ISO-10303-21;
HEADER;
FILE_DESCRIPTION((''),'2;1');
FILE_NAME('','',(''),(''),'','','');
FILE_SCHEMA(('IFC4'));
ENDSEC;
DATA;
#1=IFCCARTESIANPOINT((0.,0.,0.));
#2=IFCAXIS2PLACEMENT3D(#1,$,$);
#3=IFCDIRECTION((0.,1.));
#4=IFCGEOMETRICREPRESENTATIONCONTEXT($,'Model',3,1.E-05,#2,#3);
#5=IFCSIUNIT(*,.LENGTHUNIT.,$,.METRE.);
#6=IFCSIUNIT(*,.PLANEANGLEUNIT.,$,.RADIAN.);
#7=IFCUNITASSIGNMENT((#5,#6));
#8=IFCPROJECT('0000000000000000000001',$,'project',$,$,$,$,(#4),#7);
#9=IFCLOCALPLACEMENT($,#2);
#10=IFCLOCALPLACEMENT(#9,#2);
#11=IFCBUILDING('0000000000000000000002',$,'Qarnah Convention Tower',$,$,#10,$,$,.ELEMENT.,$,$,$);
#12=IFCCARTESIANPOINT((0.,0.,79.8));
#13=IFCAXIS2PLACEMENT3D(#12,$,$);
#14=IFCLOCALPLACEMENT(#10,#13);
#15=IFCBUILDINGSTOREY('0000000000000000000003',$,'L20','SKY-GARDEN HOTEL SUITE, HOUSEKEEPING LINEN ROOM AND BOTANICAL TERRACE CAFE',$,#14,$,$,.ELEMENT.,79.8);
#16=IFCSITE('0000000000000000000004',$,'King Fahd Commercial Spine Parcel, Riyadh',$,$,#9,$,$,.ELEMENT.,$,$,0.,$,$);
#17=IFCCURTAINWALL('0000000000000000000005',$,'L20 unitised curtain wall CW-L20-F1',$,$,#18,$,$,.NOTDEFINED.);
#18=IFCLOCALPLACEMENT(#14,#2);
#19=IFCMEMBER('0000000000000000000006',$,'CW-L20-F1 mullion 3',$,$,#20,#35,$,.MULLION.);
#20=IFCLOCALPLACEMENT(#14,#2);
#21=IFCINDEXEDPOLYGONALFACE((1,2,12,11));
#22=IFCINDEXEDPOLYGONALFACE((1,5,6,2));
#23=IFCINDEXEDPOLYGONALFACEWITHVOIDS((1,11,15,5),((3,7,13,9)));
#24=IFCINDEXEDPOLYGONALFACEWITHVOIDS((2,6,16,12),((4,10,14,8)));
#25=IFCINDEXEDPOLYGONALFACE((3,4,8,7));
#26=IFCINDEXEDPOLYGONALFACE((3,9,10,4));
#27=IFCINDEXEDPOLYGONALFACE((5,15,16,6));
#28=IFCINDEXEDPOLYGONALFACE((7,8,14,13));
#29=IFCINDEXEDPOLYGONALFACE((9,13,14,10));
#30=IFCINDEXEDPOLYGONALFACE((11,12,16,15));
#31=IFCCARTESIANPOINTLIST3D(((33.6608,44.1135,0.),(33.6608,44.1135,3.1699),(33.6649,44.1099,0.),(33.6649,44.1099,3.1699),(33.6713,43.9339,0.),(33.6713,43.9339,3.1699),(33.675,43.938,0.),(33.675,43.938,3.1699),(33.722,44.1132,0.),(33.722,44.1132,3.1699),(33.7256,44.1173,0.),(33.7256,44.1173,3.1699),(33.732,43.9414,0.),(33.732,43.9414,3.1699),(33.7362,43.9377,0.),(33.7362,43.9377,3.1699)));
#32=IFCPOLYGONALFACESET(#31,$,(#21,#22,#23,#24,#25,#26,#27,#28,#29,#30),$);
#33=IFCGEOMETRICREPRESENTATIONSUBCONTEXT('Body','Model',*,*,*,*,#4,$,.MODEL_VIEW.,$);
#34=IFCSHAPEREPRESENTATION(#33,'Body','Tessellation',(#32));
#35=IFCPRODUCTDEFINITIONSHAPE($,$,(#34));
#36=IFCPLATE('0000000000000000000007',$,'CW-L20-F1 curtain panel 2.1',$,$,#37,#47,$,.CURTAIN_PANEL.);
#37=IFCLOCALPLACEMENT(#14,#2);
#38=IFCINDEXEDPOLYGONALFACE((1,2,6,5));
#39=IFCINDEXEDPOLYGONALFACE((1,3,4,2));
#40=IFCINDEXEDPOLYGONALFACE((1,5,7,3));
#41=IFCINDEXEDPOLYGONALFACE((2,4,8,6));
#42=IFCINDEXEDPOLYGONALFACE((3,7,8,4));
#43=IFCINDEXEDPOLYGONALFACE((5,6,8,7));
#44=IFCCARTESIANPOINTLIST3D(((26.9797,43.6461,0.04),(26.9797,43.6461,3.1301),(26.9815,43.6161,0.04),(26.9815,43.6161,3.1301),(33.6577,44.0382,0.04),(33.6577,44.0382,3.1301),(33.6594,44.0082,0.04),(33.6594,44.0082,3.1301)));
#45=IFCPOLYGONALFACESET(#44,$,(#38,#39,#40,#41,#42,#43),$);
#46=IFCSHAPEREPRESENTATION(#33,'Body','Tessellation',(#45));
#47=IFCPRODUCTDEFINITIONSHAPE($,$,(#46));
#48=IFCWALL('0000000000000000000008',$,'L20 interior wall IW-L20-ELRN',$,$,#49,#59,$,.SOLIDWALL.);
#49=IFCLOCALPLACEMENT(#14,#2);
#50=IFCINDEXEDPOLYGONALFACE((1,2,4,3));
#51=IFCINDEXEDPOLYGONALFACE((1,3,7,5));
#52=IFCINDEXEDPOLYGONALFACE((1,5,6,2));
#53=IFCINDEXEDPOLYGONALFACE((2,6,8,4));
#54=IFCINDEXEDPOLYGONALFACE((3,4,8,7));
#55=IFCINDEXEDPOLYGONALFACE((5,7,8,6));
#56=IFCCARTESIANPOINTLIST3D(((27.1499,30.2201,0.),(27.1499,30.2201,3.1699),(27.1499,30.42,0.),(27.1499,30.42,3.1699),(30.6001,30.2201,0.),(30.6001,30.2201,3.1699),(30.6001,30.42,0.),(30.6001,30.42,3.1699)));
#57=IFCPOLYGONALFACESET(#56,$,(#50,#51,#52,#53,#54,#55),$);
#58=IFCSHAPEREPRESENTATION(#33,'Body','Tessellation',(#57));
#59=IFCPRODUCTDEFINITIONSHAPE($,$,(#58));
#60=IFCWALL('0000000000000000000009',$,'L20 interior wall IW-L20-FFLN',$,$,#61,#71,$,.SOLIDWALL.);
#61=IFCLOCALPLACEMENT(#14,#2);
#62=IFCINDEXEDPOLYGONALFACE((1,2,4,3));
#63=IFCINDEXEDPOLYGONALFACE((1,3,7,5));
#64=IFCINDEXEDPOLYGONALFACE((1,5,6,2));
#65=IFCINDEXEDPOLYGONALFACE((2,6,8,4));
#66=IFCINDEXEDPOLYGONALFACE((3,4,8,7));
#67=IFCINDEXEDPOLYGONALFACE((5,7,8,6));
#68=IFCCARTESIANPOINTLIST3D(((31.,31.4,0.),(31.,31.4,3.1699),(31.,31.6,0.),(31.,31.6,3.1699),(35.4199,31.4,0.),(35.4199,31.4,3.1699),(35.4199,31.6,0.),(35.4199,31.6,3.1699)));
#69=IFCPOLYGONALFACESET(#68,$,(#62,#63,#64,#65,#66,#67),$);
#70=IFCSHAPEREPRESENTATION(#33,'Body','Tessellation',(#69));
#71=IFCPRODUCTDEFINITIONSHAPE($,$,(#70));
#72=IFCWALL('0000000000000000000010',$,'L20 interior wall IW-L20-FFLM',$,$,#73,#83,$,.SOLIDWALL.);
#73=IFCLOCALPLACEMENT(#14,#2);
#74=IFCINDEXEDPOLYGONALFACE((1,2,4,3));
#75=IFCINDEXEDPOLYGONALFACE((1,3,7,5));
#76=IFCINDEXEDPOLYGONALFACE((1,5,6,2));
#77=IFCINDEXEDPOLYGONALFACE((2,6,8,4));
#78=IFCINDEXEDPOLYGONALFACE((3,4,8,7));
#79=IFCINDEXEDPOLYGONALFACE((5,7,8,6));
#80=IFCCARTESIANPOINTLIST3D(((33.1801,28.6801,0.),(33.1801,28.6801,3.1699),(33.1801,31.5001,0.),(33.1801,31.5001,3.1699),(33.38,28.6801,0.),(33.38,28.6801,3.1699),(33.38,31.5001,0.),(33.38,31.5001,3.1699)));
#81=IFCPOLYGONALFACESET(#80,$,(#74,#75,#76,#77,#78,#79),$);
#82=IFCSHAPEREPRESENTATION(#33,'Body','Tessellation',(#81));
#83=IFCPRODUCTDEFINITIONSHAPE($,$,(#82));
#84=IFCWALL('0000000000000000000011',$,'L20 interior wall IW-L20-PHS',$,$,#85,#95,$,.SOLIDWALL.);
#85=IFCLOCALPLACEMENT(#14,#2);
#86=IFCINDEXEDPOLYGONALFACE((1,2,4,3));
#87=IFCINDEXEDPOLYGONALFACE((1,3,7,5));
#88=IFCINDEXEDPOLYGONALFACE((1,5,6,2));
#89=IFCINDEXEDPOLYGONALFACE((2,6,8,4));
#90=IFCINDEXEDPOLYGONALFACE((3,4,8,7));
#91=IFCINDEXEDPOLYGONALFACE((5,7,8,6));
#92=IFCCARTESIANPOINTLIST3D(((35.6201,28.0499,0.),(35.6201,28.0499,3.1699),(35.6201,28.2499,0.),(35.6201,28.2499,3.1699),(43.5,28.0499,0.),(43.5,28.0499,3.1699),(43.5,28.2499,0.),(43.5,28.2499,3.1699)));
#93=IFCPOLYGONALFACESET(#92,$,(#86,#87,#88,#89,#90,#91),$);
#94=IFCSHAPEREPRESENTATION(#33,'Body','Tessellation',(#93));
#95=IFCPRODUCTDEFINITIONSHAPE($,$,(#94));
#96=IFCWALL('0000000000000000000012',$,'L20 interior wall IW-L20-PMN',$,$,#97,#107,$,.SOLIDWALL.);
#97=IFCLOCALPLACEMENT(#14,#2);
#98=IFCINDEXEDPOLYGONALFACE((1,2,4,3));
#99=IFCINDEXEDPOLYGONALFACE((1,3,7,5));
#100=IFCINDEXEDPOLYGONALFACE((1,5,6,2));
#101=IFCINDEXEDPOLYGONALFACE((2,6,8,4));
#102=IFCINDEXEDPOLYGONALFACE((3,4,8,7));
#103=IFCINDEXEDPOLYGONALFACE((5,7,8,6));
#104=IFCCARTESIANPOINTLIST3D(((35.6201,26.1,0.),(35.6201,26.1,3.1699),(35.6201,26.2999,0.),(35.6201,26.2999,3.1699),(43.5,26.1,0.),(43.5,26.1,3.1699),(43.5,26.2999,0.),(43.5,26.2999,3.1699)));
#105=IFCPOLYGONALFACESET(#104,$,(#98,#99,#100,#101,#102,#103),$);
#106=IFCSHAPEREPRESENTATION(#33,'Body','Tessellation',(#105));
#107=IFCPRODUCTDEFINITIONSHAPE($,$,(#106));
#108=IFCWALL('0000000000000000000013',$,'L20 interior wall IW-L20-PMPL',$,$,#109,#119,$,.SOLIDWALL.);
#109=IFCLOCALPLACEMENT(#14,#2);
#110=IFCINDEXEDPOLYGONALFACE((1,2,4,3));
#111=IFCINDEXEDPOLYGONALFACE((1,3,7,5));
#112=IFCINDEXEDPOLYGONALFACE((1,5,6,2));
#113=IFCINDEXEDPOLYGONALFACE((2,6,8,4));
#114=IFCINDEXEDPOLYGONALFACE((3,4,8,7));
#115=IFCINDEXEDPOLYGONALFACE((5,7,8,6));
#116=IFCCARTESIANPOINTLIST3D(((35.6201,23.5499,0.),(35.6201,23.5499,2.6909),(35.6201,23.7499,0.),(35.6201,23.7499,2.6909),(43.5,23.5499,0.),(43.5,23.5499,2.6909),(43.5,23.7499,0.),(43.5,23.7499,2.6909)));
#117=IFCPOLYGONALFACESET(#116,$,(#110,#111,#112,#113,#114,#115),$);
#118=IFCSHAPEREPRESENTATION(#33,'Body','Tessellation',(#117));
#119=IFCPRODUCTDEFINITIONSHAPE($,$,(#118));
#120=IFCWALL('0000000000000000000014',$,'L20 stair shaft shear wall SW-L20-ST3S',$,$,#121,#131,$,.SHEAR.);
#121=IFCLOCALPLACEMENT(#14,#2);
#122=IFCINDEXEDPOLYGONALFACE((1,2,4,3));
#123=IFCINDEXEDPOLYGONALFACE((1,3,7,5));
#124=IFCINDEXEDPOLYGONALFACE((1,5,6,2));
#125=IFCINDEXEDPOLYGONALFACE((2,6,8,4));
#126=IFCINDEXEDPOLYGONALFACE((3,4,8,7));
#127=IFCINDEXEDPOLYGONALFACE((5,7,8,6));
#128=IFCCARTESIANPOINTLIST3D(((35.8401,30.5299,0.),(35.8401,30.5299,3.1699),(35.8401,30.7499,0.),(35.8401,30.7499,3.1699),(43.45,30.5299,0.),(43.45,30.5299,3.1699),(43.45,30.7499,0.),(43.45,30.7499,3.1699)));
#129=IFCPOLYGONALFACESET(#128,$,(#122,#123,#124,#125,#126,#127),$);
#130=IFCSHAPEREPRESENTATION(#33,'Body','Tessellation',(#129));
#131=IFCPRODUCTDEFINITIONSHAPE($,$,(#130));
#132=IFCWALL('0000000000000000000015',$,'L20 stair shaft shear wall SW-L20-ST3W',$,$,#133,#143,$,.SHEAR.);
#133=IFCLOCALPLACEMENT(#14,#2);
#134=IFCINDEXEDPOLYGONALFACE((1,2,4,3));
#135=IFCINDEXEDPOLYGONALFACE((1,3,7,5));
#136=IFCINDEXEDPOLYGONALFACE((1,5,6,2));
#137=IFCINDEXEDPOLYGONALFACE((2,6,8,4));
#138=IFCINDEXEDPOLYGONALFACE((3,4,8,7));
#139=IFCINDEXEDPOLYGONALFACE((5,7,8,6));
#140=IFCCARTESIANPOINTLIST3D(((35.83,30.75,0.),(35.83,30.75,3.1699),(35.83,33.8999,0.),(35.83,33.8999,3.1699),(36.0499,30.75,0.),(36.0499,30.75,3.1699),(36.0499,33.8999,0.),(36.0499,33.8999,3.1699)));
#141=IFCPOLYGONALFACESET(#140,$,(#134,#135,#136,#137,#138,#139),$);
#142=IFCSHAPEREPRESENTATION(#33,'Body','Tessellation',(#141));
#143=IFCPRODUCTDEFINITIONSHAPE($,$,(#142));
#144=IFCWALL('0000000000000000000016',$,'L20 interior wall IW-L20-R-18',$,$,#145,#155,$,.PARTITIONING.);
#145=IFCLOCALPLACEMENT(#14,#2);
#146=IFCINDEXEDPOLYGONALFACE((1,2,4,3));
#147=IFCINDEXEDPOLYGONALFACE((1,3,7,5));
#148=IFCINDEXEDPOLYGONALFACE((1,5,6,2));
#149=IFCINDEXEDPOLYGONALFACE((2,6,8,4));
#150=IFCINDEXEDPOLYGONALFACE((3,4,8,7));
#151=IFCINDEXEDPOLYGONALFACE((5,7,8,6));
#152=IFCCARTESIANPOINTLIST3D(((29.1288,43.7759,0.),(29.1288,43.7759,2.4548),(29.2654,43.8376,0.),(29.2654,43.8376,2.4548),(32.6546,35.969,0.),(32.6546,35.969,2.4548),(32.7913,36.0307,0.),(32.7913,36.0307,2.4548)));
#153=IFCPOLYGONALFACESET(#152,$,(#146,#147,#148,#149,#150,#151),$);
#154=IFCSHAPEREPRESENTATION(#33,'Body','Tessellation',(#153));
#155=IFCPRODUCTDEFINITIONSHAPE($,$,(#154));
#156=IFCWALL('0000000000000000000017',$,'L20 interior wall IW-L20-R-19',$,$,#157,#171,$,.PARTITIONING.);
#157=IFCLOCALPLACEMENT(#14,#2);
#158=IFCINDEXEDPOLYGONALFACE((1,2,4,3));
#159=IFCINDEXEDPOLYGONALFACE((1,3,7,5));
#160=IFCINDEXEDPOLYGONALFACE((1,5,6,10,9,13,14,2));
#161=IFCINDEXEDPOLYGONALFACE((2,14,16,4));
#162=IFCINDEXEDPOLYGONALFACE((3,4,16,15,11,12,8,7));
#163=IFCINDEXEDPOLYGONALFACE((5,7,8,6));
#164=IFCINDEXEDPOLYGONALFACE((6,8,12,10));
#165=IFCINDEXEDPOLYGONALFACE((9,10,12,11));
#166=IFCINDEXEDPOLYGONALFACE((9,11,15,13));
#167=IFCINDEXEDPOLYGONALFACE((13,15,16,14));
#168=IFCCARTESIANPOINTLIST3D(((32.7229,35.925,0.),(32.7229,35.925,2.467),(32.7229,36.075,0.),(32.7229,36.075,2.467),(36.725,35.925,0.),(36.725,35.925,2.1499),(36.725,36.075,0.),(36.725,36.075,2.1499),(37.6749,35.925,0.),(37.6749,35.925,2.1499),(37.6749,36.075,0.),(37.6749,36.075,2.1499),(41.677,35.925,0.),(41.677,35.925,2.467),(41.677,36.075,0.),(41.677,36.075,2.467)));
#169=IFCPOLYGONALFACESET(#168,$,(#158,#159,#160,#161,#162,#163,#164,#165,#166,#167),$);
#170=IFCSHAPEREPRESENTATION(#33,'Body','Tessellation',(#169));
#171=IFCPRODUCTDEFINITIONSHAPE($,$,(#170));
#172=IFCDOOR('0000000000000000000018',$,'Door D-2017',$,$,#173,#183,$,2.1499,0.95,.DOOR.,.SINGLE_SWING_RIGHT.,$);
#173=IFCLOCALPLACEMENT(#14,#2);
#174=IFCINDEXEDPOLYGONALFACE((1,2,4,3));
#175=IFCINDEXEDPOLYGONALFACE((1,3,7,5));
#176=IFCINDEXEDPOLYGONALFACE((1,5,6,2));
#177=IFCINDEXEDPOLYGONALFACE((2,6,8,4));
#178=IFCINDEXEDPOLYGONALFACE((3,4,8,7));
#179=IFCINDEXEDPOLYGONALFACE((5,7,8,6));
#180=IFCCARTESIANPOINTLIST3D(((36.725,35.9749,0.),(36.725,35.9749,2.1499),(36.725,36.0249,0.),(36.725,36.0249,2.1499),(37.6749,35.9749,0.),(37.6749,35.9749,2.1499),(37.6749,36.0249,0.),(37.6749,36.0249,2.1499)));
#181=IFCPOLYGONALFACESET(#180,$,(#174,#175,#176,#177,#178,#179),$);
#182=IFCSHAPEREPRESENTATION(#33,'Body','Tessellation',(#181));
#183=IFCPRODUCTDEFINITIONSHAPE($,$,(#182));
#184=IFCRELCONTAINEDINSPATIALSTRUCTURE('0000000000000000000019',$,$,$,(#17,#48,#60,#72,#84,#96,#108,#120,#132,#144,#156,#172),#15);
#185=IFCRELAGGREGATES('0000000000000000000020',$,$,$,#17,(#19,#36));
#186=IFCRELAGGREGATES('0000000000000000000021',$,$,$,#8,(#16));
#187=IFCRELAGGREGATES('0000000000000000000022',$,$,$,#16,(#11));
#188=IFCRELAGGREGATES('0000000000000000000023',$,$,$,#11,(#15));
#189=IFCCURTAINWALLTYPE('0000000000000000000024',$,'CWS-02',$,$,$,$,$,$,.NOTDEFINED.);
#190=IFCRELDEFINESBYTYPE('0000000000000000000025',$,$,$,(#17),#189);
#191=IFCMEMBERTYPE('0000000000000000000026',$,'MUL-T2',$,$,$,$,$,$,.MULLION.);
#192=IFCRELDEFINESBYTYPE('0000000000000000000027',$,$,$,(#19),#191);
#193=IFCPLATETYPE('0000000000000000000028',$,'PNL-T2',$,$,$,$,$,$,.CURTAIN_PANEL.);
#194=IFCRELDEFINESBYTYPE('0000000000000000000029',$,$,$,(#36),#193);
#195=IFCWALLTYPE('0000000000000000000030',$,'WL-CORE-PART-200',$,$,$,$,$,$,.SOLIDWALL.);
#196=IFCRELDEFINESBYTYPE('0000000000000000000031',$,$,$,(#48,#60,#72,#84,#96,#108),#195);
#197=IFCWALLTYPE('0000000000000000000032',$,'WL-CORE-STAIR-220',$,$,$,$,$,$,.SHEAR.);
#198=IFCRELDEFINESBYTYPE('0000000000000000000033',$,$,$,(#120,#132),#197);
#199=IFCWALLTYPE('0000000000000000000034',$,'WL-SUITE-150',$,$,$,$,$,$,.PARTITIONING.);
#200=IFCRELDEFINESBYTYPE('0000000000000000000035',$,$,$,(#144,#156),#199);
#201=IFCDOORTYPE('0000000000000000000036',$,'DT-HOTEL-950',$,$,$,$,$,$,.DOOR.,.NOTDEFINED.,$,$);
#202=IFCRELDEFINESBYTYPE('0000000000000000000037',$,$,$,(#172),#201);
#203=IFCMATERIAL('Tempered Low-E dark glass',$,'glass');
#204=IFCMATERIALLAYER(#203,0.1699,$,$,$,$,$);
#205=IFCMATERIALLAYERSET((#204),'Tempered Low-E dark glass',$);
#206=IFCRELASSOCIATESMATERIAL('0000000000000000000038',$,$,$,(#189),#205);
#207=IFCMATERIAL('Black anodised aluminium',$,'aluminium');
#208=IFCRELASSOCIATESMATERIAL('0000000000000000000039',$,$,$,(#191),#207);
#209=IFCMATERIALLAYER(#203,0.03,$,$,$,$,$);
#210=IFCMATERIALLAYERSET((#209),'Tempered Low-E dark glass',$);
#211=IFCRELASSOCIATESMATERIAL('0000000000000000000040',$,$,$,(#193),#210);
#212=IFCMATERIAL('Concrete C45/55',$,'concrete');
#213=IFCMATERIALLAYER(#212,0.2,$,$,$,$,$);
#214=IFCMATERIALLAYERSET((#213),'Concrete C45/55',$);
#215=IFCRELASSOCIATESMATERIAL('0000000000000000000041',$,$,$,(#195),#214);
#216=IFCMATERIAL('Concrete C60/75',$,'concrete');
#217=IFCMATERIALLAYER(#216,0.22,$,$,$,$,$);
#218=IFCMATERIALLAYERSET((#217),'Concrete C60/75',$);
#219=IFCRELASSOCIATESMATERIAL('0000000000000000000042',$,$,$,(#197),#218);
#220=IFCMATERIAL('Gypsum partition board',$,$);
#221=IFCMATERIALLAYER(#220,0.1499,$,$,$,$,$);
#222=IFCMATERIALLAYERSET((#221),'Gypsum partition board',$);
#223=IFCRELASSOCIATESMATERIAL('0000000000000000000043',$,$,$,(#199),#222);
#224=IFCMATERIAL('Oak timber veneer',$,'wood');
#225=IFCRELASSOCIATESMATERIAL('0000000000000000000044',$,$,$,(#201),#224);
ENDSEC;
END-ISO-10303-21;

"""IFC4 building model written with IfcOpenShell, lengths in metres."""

from ifc_helpers import new_model, si_unit, direction, frame, frame_2d, origin, origin_2d, place, context, subcontext, project, spatial, rectangle, hollow_rectangle, extrude, material, layer, layer_set, material_profile, profile_set, type_object, element, fill, aggregate, save


model = new_model("IFC4")

# Units and contexts
model_context = context("Model", 3, precision=1e-05, world=origin(), true_north=direction((0.0, 1.0)))
body_context = subcontext(model_context, "Body", "Model", "MODEL_VIEW")
ifc_project = project(units=[si_unit("LENGTHUNIT", "METRE"), si_unit("PLANEANGLEUNIT", "RADIAN")], contexts=[model_context])

# Site, building, storey
site_placement = place(None, origin())
site = spatial("IfcSite", under=ifc_project, at=site_placement, Name="King Fahd Commercial Spine Parcel, Riyadh", CompositionType="ELEMENT", RefElevation=0.0)
building_placement = place(site_placement, origin())
building = spatial("IfcBuilding", under=site, at=building_placement, Name="Qarnah Convention Tower", CompositionType="ELEMENT")
storey_placement = place(building_placement, frame((0.0, 0.0, 79.8)))
storey = spatial("IfcBuildingStorey", under=building, at=storey_placement, Name="L20", Description="SKY-GARDEN HOTEL SUITE, HOUSEKEEPING LINEN ROOM AND BOTANICAL TERRACE CAFE", CompositionType="ELEMENT", Elevation=79.8)

# Shared definitions
ifc_material_1 = material(Name="Concrete C60/75", Category="concrete")

# Curtain wall, member, plate
ifc_material_2 = material(Name="Tempered Low-E dark glass", Category="glass")
ifc_layer_1 = layer(ifc_material_2, 0.1699)
ifc_layer_set_1 = layer_set([ifc_layer_1], Name="Tempered Low-E dark glass")
curtain_wall_type = type_object("IfcCurtainWallType", Name="CWS-02", PredefinedType="NOTDEFINED", material=ifc_layer_set_1)
curtain_wall_placement = place(storey_placement, origin())
curtain_wall = element("IfcCurtainWall", 1, at=curtain_wall_placement, inside=storey, type_object=curtain_wall_type, Name="L20 unitised curtain wall CW-L20-F1", PredefinedType="NOTDEFINED")
ifc_material_3 = material(Name="Black anodised aluminium", Category="aluminium")
ifc_material_profile_1 = material_profile(ifc_material_3, hollow_rectangle(XDim=0.0649, YDim=0.1799, WallThickness=0.0039, at=origin_2d()), Name="MUL-65X180")
ifc_profile_set_1 = profile_set([ifc_material_profile_1], Name="Black anodised aluminium")
member_type = type_object("IfcMemberType", Name="MUL-T2", PredefinedType="MULLION", material=ifc_profile_set_1)
member_placement = place(storey_placement, frame((33.6985, 44.0256, 0.0), z_axis=(0.0, 0.0, 1.0), x_axis=(0.998281, 0.058616, 0.0)))
member = element("IfcMember", 2, at=member_placement, type_object=member_type, Name="CW-L20-F1 mullion 3", PredefinedType="MULLION", context=body_context, shape_type="SweptSolid", body=[
    extrude(hollow_rectangle(XDim=0.0649, YDim=0.1799, WallThickness=0.0039, at=origin_2d()), origin(), (0.0, 0.0, 1.0), 3.1699),
])
ifc_layer_2 = layer(ifc_material_2, 0.03)
ifc_layer_set_2 = layer_set([ifc_layer_2], Name="Tempered Low-E dark glass")
plate_type = type_object("IfcPlateType", Name="PNL-T2", PredefinedType="CURTAIN_PANEL", material=ifc_layer_set_2)
plate_placement = place(storey_placement, frame((30.3196, 43.8271, 0.04), z_axis=(0.0, 0.0, 1.0), x_axis=(0.998281, 0.058616, 0.0)))
plate = element("IfcPlate", 3, at=plate_placement, type_object=plate_type, Name="CW-L20-F1 curtain panel 2.1", PredefinedType="CURTAIN_PANEL", context=body_context, shape_type="SweptSolid", body=[
    extrude(rectangle(XDim=6.6895, YDim=0.03, at=origin_2d()), origin(), (0.0, 0.0, 1.0), 3.0901),
])
aggregate(curtain_wall, [member, plate])

# Wall
ifc_material_4 = material(Name="Concrete C45/55", Category="concrete")
ifc_layer_3 = layer(ifc_material_4, 0.2)
ifc_layer_set_3 = layer_set([ifc_layer_3], Name="Concrete C45/55")
wall_type_1 = type_object("IfcWallType", Name="WL-CORE-PART-200", PredefinedType="SOLIDWALL", material=ifc_layer_set_3)
wall_1_placement = place(storey_placement, frame((27.1499, 30.3201, 0.0), z_axis=(0.0, 0.0, 1.0), x_axis=(1.0, 0.0, 0.0)))
element("IfcWall", 4, at=wall_1_placement, inside=storey, type_object=wall_type_1, Name="L20 interior wall IW-L20-ELRN", PredefinedType="SOLIDWALL", context=body_context, shape_type="SweptSolid", body=[
    extrude(rectangle(XDim=3.4502, YDim=0.2, at=frame_2d((1.7251, 0.0))), origin(), (0.0, 0.0, 1.0), 3.1699),
])

# Walls
wall_2_placement = place(storey_placement, frame((31.0, 31.5, 0.0), z_axis=(0.0, 0.0, 1.0), x_axis=(1.0, 0.0, 0.0)))
element("IfcWall", 5, at=wall_2_placement, inside=storey, type_object=wall_type_1, Name="L20 interior wall IW-L20-FFLN", PredefinedType="SOLIDWALL", context=body_context, shape_type="SweptSolid", body=[
    extrude(rectangle(XDim=4.4199, YDim=0.2, at=frame_2d((2.21, 0.0))), origin(), (0.0, 0.0, 1.0), 3.1699),
])
wall_3_placement = place(storey_placement, frame((33.28, 28.6799, 0.0), z_axis=(0.0, 0.0, 1.0), x_axis=(0.0, 1.0, 0.0)))
element("IfcWall", 6, at=wall_3_placement, inside=storey, type_object=wall_type_1, Name="L20 interior wall IW-L20-FFLM", PredefinedType="SOLIDWALL", context=body_context, shape_type="SweptSolid", body=[
    extrude(rectangle(XDim=2.8201, YDim=0.2, at=frame_2d((1.4102, 0.0))), origin(), (0.0, 0.0, 1.0), 3.1699),
])

# Walls
for number, where, z_axis, x_axis, name in (
    (7, (35.6201, 28.1499, 0.0), (0.0, 0.0, 1.0), (1.0, 0.0, 0.0), "L20 interior wall IW-L20-PHS"),
    (8, (35.6201, 26.2, 0.0), (0.0, 0.0, 1.0), (1.0, 0.0, 0.0), "L20 interior wall IW-L20-PMN"),
):
    element("IfcWall", number, at=place(storey_placement, frame(where, z_axis=z_axis, x_axis=x_axis)), inside=storey, type_object=wall_type_1, Name=name, PredefinedType="SOLIDWALL", context=body_context, shape_type="SweptSolid", body=[
        extrude(rectangle(XDim=7.8799, YDim=0.2, at=frame_2d((3.9399, 0.0))), origin(), (0.0, 0.0, 1.0), 3.1699),
    ])
wall_4_placement = place(storey_placement, frame((35.6201, 23.6499, 0.0), z_axis=(0.0, 0.0, 1.0), x_axis=(1.0, 0.0, 0.0)))
element("IfcWall", 9, at=wall_4_placement, inside=storey, type_object=wall_type_1, Name="L20 interior wall IW-L20-PMPL", PredefinedType="SOLIDWALL", context=body_context, shape_type="SweptSolid", body=[
    extrude(rectangle(XDim=7.8799, YDim=0.2, at=frame_2d((3.9399, 0.0))), origin(), (0.0, 0.0, 1.0), 2.6909),
])
ifc_layer_4 = layer(ifc_material_1, 0.22)
ifc_layer_set_4 = layer_set([ifc_layer_4], Name="Concrete C60/75")
wall_type_2 = type_object("IfcWallType", Name="WL-CORE-STAIR-220", PredefinedType="SHEAR", material=ifc_layer_set_4)
wall_5_placement = place(storey_placement, frame((35.8401, 30.6399, 0.0), z_axis=(0.0, 0.0, 1.0), x_axis=(1.0, 0.0, 0.0)))
element("IfcWall", 10, at=wall_5_placement, inside=storey, type_object=wall_type_2, Name="L20 stair shaft shear wall SW-L20-ST3S", PredefinedType="SHEAR", context=body_context, shape_type="SweptSolid", body=[
    extrude(rectangle(XDim=7.6099, YDim=0.22, at=frame_2d((3.8049, 0.0))), origin(), (0.0, 0.0, 1.0), 3.1699),
])
wall_6_placement = place(storey_placement, frame((35.9399, 30.75, 0.0), z_axis=(0.0, 0.0, 1.0), x_axis=(0.0, 1.0, 0.0)))
element("IfcWall", 11, at=wall_6_placement, inside=storey, type_object=wall_type_2, Name="L20 stair shaft shear wall SW-L20-ST3W", PredefinedType="SHEAR", context=body_context, shape_type="SweptSolid", body=[
    extrude(rectangle(XDim=3.1499, YDim=0.22, at=frame_2d((1.575, 0.0))), origin(), (0.0, 0.0, 1.0), 3.1699),
])
ifc_material_5 = material(Name="Gypsum partition board")
ifc_layer_5 = layer(ifc_material_5, 0.1499)
ifc_layer_set_5 = layer_set([ifc_layer_5], Name="Gypsum partition board")
wall_type_3 = type_object("IfcWallType", Name="WL-SUITE-150", PredefinedType="PARTITIONING", material=ifc_layer_set_5)
wall_7_placement = place(storey_placement, frame((29.197, 43.8069, 0.0), z_axis=(0.0, 0.0, 1.0), x_axis=(0.411605, -0.911362, 0.0)))
element("IfcWall", 12, at=wall_7_placement, inside=storey, type_object=wall_type_3, Name="L20 interior wall IW-L20-R-18", PredefinedType="PARTITIONING", context=body_context, shape_type="SweptSolid", body=[
    extrude(rectangle(XDim=8.5662, YDim=0.1499, at=frame_2d((4.2832, 0.0))), origin(), (0.0, 0.0, 1.0), 2.4548),
])

# Wall, opening, door
wall_8_placement = place(storey_placement, frame((32.7229, 36.0, 0.0), z_axis=(0.0, 0.0, 1.0), x_axis=(1.0, 0.0, 0.0)))
wall_8 = element("IfcWall", 13, at=wall_8_placement, inside=storey, type_object=wall_type_3, Name="L20 interior wall IW-L20-R-19", PredefinedType="PARTITIONING", context=body_context, shape_type="SweptSolid", body=[
    extrude(rectangle(XDim=8.9541, YDim=0.1499, at=frame_2d((4.4771, 0.0))), origin(), (0.0, 0.0, 1.0), 2.467),
])
opening_1_placement = place(wall_8_placement, frame((4.002, 0.0, 0.0)))
opening_1 = element("IfcOpeningElement", 14, at=opening_1_placement, cuts=wall_8, PredefinedType="OPENING", context=body_context, shape_type="SweptSolid", body=[
    extrude(rectangle(XDim=0.95, YDim=2.1499, at=frame_2d((0.4751, 1.075))), frame((0.0, 0.085, 0.0), z_axis=(0.0, -1.0, 0.0), x_axis=(1.0, 0.0, 0.0)), (0.0, 0.0, 1.0), 0.1699),
])
ifc_material_6 = material(Name="Oak timber veneer", Category="wood")
door_type_1 = type_object("IfcDoorType", Name="DT-HOTEL-950", OperationType="NOTDEFINED", PredefinedType="DOOR", material=ifc_material_6)
door_1_placement = place(opening_1_placement, origin())
door_1 = element("IfcDoor", 15, at=door_1_placement, inside=storey, type_object=door_type_1, Name="Door D-2017", OperationType="SINGLE_SWING_RIGHT", OverallHeight=2.1499, OverallWidth=0.95, PredefinedType="DOOR", context=body_context, shape_type="SweptSolid", body=[
    extrude(rectangle(XDim=0.95, YDim=2.1499, at=frame_2d((0.4751, 1.075))), frame((0.0, 0.0249, 0.0), z_axis=(0.0, -1.0, 0.0), x_axis=(1.0, 0.0, 0.0)), (0.0, 0.0, 1.0), 0.05),
])
fill(opening_1, door_1)

save(model, "model.ifc")
